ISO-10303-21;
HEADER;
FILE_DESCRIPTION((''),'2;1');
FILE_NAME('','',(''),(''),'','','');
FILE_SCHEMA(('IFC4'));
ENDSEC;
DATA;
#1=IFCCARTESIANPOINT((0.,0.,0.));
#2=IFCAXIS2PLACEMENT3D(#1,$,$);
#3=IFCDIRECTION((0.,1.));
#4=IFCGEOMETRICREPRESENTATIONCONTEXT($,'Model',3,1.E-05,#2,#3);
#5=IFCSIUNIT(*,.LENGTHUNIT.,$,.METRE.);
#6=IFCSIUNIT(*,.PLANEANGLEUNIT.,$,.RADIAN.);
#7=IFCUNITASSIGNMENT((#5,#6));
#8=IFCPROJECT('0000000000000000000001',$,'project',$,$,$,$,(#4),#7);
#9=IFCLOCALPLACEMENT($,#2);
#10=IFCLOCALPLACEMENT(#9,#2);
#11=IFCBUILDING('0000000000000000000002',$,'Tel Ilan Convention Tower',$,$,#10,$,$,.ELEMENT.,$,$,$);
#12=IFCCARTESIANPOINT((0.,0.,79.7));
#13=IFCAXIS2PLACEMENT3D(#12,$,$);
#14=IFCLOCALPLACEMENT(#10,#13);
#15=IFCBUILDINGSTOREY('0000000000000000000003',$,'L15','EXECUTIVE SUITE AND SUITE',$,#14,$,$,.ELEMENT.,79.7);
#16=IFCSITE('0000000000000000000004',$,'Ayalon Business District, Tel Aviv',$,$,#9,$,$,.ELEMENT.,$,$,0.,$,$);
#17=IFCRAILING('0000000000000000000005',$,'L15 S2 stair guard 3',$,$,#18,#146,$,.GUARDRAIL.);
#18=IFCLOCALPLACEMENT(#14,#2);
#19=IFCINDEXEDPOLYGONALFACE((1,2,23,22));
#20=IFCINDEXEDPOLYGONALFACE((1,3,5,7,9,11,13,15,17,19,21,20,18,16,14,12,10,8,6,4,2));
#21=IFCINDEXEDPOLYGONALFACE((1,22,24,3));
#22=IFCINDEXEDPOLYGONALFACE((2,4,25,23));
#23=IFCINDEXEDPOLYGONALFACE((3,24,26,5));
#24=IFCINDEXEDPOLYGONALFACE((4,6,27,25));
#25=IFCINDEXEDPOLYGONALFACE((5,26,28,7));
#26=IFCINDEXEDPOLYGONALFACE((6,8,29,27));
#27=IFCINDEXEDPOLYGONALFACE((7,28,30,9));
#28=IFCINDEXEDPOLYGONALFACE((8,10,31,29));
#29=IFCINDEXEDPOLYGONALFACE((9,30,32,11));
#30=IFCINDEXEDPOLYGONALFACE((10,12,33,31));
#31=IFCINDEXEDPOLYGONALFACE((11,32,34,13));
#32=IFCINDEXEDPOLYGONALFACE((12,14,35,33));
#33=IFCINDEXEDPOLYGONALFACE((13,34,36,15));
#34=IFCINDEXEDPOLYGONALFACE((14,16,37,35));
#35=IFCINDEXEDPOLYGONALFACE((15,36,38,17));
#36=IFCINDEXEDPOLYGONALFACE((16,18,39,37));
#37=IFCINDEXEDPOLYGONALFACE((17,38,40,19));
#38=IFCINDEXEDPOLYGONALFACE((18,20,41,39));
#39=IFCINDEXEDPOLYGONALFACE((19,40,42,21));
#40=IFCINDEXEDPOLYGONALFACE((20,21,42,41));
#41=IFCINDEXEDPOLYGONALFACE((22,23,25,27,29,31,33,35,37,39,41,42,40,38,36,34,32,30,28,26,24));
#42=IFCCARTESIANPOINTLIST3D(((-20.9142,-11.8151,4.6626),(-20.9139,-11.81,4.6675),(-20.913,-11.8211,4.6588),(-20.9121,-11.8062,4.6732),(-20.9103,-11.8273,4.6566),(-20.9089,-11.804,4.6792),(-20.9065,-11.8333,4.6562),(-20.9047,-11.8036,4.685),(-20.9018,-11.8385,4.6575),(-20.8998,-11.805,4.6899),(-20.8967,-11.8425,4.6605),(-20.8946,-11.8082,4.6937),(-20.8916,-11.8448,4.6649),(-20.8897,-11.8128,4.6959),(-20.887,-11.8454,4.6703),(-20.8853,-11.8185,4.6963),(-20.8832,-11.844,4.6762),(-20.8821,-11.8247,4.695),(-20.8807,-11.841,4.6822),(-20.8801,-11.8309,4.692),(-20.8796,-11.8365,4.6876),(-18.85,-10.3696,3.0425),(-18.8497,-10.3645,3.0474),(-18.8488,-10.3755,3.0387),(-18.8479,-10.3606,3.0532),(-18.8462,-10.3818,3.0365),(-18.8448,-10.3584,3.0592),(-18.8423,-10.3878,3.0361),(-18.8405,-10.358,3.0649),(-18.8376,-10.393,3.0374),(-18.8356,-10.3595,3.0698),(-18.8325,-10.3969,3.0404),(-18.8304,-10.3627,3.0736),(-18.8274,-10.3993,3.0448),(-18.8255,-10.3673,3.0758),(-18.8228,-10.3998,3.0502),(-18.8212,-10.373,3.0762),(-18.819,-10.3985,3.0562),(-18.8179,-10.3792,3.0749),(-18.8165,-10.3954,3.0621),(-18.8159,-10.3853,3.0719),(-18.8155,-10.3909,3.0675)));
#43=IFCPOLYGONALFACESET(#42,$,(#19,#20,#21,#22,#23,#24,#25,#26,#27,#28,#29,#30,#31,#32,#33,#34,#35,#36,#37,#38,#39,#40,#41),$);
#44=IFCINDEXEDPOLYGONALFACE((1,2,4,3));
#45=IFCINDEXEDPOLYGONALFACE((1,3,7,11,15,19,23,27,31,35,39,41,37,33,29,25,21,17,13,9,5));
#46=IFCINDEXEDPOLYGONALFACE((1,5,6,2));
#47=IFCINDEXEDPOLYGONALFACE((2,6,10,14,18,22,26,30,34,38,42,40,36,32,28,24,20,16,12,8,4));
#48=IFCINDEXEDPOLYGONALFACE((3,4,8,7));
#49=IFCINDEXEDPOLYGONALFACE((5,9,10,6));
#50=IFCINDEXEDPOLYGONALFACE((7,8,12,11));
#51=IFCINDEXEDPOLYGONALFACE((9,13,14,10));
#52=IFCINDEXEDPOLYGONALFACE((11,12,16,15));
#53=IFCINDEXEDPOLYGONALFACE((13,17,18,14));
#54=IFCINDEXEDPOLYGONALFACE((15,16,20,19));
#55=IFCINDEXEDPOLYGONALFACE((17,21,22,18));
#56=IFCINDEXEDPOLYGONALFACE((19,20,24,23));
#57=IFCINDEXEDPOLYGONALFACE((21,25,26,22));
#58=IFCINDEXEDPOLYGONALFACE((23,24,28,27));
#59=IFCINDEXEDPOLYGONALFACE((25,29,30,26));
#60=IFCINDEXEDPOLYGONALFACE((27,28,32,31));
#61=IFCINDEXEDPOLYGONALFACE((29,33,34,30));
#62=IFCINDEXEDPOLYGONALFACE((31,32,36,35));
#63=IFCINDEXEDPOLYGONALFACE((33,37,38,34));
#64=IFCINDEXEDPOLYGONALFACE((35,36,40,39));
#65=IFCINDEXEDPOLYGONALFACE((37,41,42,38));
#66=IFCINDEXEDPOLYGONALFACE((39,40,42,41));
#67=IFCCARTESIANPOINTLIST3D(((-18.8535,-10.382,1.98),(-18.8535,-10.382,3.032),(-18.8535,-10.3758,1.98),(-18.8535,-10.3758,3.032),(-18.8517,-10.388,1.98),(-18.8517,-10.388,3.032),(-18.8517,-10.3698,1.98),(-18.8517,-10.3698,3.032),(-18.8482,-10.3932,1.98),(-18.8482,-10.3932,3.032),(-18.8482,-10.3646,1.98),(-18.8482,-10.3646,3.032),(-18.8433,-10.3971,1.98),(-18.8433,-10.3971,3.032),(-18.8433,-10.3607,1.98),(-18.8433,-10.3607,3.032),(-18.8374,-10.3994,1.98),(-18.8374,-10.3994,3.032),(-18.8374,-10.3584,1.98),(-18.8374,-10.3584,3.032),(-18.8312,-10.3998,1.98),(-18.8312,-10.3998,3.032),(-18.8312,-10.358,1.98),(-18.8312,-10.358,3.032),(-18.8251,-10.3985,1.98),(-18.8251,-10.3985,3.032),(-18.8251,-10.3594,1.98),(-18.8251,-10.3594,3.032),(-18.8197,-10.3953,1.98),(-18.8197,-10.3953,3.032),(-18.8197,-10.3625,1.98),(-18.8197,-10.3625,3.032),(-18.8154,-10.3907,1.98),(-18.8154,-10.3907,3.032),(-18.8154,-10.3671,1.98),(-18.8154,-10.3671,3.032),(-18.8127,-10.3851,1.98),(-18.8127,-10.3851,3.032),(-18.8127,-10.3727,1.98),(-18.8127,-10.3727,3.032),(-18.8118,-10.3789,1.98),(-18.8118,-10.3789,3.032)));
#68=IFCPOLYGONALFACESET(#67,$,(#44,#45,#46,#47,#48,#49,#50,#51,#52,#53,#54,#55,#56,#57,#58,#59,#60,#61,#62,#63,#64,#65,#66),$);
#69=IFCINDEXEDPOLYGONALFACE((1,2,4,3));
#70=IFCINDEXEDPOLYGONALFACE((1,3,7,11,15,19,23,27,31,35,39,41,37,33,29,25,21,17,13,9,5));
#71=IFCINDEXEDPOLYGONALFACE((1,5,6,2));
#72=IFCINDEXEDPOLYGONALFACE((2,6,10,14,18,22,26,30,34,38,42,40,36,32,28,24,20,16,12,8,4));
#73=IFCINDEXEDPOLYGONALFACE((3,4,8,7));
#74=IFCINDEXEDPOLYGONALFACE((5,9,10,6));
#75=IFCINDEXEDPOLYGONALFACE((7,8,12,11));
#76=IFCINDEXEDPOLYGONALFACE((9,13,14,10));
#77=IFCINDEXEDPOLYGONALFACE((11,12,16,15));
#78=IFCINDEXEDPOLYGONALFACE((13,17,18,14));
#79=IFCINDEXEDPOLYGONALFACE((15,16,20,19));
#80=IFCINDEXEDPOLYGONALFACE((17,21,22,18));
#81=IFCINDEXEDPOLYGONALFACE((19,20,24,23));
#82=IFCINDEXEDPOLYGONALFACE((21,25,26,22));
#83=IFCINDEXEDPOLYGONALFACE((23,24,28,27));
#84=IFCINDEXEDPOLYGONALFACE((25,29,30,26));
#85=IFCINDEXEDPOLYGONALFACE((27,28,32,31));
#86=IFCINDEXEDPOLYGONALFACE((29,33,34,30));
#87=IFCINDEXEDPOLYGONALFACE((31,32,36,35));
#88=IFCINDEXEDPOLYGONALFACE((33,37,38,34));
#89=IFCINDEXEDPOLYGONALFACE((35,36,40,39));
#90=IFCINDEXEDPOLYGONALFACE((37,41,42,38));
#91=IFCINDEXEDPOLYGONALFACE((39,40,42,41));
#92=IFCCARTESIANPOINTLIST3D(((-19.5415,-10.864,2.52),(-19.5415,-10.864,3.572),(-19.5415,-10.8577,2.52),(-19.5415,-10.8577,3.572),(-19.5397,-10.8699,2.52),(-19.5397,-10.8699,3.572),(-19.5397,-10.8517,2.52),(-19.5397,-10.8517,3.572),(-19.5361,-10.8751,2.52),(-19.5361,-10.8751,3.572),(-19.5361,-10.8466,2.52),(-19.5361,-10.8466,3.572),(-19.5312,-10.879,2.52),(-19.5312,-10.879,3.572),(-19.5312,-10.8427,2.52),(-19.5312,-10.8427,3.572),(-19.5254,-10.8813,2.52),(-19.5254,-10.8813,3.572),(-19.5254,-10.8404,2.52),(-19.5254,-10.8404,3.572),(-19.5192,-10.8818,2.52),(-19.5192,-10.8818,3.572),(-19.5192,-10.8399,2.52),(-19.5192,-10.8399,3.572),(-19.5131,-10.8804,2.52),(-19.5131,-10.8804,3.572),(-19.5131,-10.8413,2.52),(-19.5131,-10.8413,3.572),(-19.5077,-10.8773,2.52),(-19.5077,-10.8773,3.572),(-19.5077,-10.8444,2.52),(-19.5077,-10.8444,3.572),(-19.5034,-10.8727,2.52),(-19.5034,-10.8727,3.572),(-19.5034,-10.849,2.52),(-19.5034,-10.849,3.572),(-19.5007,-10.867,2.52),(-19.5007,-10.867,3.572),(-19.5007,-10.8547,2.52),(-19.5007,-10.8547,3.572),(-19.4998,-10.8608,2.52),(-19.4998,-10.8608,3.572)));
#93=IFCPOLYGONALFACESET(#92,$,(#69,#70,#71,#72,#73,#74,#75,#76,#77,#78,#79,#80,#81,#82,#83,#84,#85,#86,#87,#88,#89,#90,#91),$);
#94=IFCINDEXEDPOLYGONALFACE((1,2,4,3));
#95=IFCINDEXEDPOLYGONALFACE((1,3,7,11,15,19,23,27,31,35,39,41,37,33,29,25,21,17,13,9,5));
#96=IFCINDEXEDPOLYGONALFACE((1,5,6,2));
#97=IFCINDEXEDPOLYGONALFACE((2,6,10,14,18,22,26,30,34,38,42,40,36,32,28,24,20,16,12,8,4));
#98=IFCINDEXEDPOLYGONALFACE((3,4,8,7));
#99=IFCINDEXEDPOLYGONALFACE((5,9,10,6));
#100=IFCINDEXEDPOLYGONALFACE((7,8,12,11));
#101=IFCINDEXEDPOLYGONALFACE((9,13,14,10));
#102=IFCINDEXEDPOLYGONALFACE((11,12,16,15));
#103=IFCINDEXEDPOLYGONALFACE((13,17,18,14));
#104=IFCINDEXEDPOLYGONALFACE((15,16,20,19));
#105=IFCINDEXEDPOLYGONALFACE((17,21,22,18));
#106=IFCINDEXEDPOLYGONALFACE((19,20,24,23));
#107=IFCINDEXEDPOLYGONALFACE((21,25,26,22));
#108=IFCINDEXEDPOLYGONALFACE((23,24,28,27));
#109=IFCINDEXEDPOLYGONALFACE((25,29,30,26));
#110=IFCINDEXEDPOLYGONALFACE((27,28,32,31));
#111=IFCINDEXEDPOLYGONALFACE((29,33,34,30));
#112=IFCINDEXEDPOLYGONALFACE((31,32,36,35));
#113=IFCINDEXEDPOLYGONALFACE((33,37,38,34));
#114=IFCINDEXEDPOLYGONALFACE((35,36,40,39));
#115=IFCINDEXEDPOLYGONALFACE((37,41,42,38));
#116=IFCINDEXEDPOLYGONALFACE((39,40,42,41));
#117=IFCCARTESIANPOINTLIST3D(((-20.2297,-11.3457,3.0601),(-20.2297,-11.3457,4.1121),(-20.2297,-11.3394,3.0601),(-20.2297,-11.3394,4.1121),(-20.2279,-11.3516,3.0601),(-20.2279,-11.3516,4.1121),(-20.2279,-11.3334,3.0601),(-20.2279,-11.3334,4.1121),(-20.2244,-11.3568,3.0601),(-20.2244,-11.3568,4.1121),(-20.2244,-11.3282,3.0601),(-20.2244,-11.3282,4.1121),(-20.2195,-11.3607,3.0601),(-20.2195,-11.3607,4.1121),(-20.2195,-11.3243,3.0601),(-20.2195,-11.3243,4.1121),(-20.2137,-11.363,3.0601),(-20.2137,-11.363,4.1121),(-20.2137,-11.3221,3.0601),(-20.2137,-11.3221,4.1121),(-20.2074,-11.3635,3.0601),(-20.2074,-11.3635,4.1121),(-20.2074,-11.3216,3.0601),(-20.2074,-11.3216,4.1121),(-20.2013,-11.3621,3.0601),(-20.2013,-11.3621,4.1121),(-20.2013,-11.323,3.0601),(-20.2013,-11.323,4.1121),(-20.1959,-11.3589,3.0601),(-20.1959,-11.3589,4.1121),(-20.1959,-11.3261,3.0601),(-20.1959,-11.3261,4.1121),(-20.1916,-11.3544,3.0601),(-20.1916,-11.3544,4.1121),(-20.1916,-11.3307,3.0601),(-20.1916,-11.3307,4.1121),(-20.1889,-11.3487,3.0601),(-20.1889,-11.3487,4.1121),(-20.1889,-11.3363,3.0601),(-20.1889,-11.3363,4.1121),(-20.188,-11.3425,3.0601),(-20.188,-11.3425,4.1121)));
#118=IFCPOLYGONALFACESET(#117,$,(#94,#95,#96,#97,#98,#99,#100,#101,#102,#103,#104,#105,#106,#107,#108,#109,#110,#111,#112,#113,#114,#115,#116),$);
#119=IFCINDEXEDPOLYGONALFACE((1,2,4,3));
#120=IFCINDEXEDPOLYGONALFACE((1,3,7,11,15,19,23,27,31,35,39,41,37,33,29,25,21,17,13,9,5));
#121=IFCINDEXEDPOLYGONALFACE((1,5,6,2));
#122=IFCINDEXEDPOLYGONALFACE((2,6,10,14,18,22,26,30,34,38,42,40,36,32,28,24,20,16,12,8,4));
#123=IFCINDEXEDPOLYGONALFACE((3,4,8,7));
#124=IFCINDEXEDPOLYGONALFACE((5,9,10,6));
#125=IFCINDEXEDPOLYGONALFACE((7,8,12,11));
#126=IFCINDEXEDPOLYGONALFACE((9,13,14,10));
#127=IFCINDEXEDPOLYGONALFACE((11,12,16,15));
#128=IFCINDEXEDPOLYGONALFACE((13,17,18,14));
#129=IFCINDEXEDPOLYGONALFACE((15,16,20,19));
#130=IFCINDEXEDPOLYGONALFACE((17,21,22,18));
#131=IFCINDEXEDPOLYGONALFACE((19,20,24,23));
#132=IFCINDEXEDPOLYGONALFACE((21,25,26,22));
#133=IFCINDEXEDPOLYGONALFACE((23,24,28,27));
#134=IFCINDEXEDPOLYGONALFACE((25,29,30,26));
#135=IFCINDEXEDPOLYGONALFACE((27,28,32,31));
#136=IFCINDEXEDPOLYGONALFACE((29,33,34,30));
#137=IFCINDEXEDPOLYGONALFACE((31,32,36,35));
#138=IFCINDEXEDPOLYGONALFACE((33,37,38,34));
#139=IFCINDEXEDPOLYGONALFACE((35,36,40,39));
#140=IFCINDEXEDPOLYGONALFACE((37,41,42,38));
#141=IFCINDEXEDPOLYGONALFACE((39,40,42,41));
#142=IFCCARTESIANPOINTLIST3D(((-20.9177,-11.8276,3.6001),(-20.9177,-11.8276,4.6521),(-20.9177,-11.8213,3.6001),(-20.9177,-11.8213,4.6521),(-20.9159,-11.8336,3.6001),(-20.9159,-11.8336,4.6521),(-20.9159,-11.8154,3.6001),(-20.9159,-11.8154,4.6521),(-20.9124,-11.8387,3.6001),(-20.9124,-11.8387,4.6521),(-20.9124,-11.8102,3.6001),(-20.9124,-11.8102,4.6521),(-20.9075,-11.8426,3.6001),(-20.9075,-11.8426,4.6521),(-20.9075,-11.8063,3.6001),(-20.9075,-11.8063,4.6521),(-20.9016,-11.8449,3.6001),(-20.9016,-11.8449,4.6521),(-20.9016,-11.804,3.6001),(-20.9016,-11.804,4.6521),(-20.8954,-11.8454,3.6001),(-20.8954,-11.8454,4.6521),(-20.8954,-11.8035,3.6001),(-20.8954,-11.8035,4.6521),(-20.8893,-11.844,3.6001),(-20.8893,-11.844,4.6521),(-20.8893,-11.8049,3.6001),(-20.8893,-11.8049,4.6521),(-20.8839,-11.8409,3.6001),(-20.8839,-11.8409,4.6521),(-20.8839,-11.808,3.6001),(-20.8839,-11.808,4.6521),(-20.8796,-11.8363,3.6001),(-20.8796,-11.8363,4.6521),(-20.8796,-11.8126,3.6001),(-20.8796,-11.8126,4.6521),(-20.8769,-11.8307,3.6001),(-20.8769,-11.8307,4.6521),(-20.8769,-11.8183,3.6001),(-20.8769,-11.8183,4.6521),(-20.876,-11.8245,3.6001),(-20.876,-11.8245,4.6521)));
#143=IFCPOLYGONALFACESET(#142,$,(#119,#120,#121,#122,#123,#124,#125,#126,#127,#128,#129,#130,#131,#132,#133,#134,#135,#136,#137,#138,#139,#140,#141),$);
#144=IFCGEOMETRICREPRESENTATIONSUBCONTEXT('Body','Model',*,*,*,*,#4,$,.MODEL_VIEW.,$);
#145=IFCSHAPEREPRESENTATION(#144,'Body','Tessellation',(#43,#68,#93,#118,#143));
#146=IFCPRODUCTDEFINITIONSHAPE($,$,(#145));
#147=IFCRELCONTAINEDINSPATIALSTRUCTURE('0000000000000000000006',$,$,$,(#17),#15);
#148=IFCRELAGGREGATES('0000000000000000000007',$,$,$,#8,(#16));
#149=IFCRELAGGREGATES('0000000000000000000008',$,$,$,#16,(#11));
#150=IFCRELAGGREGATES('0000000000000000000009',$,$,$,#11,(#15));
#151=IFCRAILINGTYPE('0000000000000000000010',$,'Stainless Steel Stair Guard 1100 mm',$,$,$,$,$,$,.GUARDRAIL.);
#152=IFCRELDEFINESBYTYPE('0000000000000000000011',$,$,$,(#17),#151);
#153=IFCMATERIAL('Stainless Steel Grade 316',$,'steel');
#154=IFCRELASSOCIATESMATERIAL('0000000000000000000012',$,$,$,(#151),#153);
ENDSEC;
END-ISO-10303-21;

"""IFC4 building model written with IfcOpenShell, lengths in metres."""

from ifc_helpers import new_model, si_unit, direction, frame, origin, origin_2d, place, context, subcontext, project, spatial, circle, extrude, material, type_object, element, save


model = new_model("IFC4")

# Units and contexts
model_context = context("Model", 3, precision=1e-05, world=origin(), true_north=direction((0.0, 1.0)))
body_context = subcontext(model_context, "Body", "Model", "MODEL_VIEW")
ifc_project = project(units=[si_unit("LENGTHUNIT", "METRE"), si_unit("PLANEANGLEUNIT", "RADIAN")], contexts=[model_context])

# Site, building, storey
site_placement = place(None, origin())
site = spatial("IfcSite", under=ifc_project, at=site_placement, Name="Ayalon Business District, Tel Aviv", CompositionType="ELEMENT", RefElevation=0.0)
building_placement = place(site_placement, origin())
building = spatial("IfcBuilding", under=site, at=building_placement, Name="Tel Ilan Convention Tower", CompositionType="ELEMENT")
storey_placement = place(building_placement, frame((0.0, 0.0, 79.7)))
storey = spatial("IfcBuildingStorey", under=building, at=storey_placement, Name="L15", Description="EXECUTIVE SUITE AND SUITE", CompositionType="ELEMENT", Elevation=79.7)

# Railing
ifc_material_1 = material(Name="Stainless Steel Grade 316", Category="steel")
railing_type_1 = type_object("IfcRailingType", Name="Stainless Steel Stair Guard 1100 mm", PredefinedType="GUARDRAIL", material=ifc_material_1)
railing_1_placement = place(storey_placement, frame((-18.8328, -10.3789, 1.98)))
element("IfcRailing", 1, at=railing_1_placement, inside=storey, type_object=railing_type_1, Name="L15 S2 stair guard 3", PredefinedType="GUARDRAIL", context=body_context, shape_type="SweptSolid", body=[
    extrude(circle(Radius=0.0239, at=origin_2d()), frame((0.0, 0.0, 1.0762), z_axis=(-0.689013, -0.482513, 0.540779), x_axis=(0.573625, -0.819118, 0.0)), (0.0, 0.0, 1.0), 2.9958),
    extrude(circle(Radius=0.021, at=origin_2d()), origin(), (0.0, 0.0, 1.0), 1.052),
    extrude(circle(Radius=0.021, at=origin_2d()), frame((-0.688, -0.4819, 0.54)), (0.0, 0.0, 1.0), 1.052),
    extrude(circle(Radius=0.021, at=origin_2d()), frame((-1.3762, -0.9636, 1.0801)), (0.0, 0.0, 1.0), 1.052),
    extrude(circle(Radius=0.021, at=origin_2d()), frame((-2.0642, -1.4456, 1.6201)), (0.0, 0.0, 1.0), 1.052),
])

save(model, "model.ifc")
